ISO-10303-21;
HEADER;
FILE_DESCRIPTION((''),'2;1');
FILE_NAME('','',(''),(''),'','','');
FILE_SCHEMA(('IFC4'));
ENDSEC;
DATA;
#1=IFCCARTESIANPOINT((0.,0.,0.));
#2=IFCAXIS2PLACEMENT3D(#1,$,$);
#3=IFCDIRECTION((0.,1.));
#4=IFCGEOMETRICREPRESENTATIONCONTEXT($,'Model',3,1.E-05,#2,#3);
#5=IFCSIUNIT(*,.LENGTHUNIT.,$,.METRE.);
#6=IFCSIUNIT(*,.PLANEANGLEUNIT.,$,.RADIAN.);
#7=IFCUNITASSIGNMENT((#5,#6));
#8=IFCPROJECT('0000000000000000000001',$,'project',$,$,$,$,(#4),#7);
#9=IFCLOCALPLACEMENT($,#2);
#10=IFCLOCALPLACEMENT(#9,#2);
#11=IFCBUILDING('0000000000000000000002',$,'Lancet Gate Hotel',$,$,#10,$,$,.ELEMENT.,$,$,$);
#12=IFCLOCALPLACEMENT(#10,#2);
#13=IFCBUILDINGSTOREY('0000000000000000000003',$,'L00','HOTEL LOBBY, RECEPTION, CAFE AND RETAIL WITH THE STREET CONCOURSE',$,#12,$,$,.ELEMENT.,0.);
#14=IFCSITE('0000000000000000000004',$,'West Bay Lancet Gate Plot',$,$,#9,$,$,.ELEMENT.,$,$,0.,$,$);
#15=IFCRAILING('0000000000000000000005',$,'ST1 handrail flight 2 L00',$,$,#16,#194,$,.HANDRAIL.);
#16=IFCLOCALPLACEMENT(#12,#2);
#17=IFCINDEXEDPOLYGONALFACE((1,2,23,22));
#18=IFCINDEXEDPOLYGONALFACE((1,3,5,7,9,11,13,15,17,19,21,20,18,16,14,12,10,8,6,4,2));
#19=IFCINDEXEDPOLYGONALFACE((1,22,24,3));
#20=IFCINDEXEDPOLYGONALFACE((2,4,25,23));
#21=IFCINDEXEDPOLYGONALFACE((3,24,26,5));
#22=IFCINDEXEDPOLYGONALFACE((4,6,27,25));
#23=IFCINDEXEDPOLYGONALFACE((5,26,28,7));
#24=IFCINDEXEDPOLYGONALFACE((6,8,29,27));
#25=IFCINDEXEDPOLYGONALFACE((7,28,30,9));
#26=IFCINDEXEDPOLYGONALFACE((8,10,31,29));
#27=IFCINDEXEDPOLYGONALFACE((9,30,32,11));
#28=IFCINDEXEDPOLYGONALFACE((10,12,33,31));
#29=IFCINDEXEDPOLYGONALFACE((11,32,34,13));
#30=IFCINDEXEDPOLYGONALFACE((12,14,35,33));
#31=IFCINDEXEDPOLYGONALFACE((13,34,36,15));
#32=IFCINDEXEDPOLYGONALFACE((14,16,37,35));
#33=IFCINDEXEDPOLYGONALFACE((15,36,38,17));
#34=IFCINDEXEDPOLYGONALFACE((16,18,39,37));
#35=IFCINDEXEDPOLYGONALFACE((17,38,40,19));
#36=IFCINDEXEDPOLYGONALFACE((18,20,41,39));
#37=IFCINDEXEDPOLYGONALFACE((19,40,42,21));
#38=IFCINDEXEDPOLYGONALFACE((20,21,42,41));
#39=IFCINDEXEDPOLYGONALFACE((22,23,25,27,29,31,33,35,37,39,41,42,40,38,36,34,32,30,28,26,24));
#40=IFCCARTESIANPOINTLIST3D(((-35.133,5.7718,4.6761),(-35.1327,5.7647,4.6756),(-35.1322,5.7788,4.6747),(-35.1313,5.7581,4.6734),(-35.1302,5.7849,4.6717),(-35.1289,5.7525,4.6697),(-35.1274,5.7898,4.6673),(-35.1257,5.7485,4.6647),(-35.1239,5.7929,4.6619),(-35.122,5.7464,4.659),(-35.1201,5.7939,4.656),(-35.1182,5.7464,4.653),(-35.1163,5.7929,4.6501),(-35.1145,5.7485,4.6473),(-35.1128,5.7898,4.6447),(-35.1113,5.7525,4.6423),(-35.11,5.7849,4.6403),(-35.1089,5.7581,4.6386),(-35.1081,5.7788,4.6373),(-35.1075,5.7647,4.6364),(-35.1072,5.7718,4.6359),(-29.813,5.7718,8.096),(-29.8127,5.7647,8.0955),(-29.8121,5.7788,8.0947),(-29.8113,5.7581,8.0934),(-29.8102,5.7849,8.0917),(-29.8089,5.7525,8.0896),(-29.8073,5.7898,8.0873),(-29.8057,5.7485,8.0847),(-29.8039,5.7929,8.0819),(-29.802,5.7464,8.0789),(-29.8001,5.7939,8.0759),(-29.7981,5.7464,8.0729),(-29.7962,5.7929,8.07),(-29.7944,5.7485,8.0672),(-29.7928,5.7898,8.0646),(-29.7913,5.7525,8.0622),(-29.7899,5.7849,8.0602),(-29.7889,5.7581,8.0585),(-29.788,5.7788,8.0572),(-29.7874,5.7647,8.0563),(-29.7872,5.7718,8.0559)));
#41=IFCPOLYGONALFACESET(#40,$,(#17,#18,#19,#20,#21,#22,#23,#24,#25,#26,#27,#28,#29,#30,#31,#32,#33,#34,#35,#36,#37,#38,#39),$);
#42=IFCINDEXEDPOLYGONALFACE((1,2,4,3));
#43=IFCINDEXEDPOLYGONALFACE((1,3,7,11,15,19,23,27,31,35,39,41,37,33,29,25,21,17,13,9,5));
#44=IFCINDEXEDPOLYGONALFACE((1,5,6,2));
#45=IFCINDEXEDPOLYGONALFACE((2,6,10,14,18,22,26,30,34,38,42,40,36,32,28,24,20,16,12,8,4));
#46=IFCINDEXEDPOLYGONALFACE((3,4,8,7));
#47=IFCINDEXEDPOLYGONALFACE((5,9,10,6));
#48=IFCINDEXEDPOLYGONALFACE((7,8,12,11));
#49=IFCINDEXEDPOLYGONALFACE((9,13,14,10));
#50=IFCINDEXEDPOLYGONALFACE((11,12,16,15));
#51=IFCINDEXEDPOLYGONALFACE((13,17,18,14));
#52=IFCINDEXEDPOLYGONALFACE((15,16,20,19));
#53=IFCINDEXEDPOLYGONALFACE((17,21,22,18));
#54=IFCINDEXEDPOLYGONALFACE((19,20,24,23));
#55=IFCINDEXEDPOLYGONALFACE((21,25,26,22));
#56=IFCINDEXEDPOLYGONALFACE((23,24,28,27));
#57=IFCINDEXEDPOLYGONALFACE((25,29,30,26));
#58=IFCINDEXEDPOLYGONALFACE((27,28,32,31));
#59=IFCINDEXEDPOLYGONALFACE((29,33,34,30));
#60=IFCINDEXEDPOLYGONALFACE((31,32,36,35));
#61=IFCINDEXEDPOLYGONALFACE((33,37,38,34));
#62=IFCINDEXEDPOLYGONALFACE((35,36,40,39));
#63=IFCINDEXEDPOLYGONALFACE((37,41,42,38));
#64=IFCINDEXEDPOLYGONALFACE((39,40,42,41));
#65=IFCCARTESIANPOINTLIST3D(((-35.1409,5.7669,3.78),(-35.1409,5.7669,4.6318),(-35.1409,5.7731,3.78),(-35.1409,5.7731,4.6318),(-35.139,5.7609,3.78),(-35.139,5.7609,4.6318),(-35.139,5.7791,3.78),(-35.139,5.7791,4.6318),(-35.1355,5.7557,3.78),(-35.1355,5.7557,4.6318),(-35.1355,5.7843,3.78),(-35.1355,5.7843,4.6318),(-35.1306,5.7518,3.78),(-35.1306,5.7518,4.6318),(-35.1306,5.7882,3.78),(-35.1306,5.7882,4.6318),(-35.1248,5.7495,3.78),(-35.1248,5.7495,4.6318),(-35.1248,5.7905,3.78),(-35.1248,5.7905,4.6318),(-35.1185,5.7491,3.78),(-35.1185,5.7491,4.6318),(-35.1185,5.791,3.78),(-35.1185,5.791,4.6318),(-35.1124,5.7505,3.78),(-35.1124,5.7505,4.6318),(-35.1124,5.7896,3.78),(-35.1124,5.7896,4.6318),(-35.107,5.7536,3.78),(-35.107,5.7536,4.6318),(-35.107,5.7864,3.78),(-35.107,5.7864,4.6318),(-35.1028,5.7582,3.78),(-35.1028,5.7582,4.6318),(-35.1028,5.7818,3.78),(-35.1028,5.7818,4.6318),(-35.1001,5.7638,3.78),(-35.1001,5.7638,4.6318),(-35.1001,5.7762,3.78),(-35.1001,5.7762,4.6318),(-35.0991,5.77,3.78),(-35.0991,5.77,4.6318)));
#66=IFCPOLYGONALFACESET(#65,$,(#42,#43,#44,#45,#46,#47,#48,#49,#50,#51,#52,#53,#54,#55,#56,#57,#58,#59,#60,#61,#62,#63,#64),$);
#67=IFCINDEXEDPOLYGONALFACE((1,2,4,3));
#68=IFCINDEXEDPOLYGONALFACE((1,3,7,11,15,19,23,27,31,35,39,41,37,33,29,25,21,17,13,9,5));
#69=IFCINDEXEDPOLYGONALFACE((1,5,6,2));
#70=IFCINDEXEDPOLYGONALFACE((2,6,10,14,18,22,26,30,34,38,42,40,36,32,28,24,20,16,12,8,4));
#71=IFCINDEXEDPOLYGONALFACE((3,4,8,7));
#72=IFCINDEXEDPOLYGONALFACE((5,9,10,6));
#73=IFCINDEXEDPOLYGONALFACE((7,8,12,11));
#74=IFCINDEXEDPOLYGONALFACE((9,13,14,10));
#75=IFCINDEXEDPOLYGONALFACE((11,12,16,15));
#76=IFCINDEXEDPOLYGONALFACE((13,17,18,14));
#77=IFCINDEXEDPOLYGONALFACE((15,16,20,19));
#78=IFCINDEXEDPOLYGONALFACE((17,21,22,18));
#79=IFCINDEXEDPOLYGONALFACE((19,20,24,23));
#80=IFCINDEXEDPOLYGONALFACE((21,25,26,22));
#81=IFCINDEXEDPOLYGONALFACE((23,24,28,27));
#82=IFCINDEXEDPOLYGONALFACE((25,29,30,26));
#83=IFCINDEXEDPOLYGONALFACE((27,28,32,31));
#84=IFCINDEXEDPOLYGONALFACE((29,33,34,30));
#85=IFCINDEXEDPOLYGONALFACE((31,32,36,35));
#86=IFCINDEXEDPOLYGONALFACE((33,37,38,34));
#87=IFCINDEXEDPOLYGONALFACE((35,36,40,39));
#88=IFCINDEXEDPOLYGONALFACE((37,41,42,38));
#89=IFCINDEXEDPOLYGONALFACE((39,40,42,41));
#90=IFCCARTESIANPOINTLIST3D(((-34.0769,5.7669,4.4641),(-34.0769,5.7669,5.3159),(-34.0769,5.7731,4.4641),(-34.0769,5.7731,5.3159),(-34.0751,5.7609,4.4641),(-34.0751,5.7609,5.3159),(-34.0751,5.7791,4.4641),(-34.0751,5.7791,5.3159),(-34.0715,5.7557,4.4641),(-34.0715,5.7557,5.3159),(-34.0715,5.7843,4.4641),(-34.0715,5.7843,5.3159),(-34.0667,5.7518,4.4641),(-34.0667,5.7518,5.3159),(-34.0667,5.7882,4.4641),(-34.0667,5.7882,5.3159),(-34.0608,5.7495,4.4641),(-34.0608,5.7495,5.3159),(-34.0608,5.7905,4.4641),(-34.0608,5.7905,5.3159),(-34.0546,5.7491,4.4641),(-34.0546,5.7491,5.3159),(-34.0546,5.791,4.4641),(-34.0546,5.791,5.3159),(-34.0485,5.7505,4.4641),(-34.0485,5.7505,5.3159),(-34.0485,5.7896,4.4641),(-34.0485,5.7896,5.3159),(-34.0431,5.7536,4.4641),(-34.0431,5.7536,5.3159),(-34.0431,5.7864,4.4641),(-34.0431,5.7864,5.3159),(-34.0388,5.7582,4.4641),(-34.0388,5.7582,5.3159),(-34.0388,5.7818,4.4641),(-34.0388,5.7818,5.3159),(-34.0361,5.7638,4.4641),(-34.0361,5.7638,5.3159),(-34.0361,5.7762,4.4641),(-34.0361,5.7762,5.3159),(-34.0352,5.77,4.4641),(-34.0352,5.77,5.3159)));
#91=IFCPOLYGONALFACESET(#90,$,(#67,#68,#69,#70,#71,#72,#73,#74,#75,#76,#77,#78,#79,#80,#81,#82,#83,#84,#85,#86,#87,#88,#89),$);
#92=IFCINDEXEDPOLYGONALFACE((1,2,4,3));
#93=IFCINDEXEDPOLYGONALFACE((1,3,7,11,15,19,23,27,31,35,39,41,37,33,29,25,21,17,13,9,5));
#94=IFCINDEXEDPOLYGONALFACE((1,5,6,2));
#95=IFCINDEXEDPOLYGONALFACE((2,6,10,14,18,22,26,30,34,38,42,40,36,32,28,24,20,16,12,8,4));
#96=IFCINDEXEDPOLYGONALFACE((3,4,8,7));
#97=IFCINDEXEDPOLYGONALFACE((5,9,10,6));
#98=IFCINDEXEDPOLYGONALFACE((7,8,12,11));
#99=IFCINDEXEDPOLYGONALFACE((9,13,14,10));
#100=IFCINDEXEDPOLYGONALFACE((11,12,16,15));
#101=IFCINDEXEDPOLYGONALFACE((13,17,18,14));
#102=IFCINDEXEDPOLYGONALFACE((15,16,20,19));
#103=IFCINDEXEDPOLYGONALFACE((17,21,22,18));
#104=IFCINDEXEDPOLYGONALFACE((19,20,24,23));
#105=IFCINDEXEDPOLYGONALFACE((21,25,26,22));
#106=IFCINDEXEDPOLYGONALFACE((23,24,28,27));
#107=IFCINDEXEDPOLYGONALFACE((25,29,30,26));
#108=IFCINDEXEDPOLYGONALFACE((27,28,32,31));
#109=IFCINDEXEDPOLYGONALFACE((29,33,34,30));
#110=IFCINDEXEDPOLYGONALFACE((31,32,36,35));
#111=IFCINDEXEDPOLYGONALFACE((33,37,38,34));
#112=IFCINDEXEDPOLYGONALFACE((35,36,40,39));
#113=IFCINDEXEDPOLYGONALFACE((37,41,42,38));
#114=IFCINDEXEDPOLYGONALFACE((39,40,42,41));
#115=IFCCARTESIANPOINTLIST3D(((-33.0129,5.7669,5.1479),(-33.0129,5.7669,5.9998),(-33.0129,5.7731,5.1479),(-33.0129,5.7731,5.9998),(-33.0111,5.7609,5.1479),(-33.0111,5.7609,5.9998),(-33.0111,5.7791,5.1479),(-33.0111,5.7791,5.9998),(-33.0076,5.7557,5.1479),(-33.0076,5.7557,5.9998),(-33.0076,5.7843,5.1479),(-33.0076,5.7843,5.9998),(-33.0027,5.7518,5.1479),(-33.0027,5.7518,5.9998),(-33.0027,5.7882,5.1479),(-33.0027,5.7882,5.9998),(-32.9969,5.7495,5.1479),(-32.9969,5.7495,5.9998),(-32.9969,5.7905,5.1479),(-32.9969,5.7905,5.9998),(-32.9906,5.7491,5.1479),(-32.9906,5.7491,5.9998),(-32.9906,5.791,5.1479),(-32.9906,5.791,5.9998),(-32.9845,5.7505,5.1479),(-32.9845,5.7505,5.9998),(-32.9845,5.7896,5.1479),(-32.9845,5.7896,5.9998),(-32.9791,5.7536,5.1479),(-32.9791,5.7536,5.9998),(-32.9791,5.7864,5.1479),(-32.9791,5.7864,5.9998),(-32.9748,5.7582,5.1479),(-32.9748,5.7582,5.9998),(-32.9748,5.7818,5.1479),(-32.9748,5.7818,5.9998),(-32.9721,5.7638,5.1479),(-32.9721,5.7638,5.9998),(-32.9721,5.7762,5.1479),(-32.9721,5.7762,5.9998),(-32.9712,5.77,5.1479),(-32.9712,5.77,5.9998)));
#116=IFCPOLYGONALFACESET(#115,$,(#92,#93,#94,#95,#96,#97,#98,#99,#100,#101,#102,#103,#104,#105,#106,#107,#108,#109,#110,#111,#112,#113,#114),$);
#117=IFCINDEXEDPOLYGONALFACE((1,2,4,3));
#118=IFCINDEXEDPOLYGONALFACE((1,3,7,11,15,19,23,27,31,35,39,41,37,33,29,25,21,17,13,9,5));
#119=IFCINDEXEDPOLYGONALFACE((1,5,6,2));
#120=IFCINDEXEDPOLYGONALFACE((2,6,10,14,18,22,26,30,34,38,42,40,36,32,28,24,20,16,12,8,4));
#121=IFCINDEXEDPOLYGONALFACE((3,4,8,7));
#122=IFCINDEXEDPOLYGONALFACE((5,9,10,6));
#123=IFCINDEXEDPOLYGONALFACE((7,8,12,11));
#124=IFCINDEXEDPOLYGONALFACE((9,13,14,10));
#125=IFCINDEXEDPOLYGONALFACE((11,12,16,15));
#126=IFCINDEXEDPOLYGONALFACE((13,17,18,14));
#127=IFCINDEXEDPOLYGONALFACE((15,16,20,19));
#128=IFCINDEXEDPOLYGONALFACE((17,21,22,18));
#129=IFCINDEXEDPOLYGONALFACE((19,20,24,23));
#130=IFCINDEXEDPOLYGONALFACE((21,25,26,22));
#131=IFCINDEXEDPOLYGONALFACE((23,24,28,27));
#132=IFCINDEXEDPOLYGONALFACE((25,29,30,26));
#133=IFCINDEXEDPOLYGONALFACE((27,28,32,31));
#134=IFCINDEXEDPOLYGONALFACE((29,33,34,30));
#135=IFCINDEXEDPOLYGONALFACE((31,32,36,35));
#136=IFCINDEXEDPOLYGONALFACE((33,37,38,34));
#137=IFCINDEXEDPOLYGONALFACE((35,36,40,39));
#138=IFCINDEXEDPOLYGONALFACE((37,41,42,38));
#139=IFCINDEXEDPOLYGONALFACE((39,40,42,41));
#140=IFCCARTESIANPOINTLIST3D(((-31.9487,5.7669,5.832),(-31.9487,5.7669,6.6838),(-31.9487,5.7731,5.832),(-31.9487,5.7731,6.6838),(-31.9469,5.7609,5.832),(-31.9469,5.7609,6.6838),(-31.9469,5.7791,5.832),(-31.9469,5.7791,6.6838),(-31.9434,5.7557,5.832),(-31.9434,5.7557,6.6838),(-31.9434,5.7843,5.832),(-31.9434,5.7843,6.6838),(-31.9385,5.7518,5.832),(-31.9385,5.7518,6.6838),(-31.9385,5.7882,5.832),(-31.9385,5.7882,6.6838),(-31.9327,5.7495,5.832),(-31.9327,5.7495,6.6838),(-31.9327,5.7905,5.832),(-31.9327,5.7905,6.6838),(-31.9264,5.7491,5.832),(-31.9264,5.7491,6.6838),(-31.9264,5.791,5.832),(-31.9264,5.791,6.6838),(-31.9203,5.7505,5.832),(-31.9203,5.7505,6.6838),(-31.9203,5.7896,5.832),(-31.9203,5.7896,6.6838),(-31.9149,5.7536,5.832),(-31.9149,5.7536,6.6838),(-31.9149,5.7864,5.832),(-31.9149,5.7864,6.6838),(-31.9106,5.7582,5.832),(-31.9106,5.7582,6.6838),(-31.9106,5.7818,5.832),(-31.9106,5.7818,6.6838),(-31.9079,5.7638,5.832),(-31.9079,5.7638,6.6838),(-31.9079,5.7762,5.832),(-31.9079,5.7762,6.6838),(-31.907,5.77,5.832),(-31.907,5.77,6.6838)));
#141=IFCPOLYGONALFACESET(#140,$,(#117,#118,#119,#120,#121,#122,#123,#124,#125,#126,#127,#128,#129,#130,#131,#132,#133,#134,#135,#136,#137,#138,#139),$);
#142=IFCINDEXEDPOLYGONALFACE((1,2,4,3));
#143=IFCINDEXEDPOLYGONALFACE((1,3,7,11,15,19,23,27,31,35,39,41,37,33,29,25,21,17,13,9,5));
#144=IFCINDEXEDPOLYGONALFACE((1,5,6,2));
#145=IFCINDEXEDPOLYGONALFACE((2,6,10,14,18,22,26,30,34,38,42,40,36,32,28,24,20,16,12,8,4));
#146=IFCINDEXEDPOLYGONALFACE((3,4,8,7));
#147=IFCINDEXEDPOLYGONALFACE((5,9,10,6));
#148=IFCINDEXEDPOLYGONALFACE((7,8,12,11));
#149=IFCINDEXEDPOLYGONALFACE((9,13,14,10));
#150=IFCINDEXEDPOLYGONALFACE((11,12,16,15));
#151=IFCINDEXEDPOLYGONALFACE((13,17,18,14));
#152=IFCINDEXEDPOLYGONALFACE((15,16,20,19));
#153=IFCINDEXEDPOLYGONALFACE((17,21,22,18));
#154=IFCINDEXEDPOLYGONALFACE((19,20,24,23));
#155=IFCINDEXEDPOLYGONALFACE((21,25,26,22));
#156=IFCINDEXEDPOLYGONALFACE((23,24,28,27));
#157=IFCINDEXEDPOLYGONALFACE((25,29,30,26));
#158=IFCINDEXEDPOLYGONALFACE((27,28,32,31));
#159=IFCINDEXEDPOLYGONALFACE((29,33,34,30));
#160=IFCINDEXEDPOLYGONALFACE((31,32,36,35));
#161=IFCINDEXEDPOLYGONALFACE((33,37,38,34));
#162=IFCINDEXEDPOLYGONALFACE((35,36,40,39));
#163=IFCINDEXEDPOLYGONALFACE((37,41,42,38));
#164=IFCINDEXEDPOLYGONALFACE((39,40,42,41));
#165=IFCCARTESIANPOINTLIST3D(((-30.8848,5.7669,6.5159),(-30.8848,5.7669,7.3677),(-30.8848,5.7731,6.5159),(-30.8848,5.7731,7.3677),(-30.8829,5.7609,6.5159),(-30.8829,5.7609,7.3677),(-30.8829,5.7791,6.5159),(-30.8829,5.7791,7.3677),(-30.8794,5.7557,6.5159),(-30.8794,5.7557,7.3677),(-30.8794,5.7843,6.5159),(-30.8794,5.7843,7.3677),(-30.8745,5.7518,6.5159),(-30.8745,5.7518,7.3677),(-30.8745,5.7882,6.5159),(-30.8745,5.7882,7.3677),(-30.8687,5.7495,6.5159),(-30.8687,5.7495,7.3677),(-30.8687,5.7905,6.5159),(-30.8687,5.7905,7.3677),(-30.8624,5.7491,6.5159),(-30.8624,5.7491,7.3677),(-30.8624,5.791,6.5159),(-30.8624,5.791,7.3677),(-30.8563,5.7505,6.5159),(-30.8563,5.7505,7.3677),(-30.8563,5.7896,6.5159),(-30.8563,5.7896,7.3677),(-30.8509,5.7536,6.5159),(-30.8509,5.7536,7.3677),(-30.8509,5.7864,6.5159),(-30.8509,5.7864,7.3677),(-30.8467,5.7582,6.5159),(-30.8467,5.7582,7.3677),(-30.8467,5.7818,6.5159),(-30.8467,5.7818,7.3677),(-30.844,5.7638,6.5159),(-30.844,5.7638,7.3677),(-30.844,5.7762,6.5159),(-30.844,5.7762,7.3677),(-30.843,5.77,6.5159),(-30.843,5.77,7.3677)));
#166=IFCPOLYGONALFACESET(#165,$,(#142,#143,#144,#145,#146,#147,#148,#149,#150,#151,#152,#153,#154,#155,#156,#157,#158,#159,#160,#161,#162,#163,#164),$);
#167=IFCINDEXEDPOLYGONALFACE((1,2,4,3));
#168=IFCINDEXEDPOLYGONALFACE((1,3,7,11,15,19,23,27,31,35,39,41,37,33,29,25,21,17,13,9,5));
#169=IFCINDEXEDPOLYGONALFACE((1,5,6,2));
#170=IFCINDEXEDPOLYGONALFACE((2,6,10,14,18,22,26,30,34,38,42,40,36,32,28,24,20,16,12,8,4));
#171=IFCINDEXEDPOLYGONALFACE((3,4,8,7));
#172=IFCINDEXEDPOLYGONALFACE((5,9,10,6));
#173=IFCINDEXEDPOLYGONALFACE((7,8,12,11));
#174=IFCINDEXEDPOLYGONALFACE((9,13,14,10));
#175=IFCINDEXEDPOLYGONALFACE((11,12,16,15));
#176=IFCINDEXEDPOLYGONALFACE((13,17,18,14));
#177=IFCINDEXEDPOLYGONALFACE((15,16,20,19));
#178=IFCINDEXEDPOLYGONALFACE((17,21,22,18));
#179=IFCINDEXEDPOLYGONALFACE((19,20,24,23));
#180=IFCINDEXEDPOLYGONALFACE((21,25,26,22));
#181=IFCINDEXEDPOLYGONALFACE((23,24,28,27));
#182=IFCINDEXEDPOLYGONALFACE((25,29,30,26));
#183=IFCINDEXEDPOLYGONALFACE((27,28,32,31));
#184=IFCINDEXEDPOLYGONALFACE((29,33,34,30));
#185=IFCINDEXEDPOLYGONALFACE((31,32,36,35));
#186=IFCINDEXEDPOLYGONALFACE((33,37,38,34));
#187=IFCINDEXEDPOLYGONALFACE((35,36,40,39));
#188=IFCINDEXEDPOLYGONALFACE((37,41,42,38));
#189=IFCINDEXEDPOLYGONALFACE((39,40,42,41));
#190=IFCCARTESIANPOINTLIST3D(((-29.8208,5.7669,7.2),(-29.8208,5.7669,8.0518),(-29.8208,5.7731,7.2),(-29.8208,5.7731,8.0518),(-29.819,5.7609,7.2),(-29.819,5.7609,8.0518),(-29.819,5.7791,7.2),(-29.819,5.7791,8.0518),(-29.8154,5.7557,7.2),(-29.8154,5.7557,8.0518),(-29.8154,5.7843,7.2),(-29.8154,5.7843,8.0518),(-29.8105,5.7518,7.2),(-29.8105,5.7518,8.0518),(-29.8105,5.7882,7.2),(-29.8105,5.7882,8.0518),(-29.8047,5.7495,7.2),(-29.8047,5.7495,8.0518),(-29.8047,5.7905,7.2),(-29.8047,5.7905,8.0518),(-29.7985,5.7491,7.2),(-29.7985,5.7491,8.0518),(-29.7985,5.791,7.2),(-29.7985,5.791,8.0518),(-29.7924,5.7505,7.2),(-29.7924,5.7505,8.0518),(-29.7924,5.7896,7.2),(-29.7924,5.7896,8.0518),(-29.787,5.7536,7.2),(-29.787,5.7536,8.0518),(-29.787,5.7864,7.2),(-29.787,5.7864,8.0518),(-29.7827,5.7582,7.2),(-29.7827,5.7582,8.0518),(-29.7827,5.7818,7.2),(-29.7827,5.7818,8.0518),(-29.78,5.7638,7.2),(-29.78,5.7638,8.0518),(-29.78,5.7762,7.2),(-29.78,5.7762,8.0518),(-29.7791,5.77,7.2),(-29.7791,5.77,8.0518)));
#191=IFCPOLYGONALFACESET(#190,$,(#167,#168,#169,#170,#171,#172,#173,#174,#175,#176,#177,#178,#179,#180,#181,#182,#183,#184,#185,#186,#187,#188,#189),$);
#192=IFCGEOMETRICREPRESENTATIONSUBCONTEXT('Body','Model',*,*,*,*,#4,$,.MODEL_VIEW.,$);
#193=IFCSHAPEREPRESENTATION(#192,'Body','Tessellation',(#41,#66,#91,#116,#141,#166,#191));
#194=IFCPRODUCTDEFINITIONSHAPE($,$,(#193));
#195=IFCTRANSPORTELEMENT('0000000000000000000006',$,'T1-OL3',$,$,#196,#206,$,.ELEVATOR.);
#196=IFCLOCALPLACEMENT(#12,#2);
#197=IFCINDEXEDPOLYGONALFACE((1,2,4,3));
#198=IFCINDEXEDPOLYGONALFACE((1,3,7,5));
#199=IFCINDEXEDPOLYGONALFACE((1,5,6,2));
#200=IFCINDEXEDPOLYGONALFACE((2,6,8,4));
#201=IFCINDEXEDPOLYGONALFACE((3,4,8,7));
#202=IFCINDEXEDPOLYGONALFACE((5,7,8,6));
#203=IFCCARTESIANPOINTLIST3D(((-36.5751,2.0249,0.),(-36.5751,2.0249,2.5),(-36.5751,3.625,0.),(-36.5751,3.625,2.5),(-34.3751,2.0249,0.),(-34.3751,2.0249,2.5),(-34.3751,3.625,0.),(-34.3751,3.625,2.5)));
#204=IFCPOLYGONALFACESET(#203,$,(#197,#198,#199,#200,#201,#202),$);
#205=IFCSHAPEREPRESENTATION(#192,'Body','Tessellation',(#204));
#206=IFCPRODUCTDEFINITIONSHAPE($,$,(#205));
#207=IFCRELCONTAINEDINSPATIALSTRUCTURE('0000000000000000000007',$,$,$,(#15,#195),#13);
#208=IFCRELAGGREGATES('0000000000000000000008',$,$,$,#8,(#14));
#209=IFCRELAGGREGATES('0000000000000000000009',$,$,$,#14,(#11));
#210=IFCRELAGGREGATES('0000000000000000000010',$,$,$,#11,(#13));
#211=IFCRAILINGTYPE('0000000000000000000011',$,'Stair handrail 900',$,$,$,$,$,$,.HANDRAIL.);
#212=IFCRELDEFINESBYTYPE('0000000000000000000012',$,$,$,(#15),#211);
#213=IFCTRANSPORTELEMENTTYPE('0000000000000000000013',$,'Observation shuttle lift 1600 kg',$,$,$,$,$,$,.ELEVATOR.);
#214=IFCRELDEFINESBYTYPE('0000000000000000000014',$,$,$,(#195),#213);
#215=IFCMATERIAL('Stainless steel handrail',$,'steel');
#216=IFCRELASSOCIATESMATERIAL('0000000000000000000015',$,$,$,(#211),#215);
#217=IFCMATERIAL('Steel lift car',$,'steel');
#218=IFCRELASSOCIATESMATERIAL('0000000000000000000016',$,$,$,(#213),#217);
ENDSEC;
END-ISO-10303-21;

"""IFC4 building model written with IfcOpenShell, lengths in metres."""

from ifc_helpers import new_model, si_unit, direction, frame, origin, origin_2d, place, context, subcontext, project, spatial, rectangle, circle, extrude, material, type_object, element, save


model = new_model("IFC4")

# Units and contexts
model_context = context("Model", 3, precision=1e-05, world=origin(), true_north=direction((0.0, 1.0)))
body_context = subcontext(model_context, "Body", "Model", "MODEL_VIEW")
ifc_project = project(units=[si_unit("LENGTHUNIT", "METRE"), si_unit("PLANEANGLEUNIT", "RADIAN")], contexts=[model_context])

# Site, building, storey
site_placement = place(None, origin())
site = spatial("IfcSite", under=ifc_project, at=site_placement, Name="West Bay Lancet Gate Plot", CompositionType="ELEMENT", RefElevation=0.0)
building_placement = place(site_placement, origin())
building = spatial("IfcBuilding", under=site, at=building_placement, Name="Lancet Gate Hotel", CompositionType="ELEMENT")
storey_placement = place(building_placement, origin())
storey = spatial("IfcBuildingStorey", under=building, at=storey_placement, Name="L00", Description="HOTEL LOBBY, RECEPTION, CAFE AND RETAIL WITH THE STREET CONCOURSE", CompositionType="ELEMENT", Elevation=0.0)

# Railing
ifc_material_1 = material(Name="Stainless steel handrail", Category="steel")
railing_type = type_object("IfcRailingType", Name="Stair handrail 900", PredefinedType="HANDRAIL", material=ifc_material_1)
railing_placement = place(storey_placement, frame((-35.1201, 5.77, 3.78)))
element("IfcRailing", 1, at=railing_placement, inside=storey, type_object=railing_type, Name="ST1 handrail flight 2 L00", PredefinedType="HANDRAIL", context=body_context, shape_type="SweptSolid", body=[
    extrude(circle(Radius=0.0239, at=origin_2d()), frame((0.0, 0.0, 0.876), z_axis=(0.841187, 0.0, 0.540744), x_axis=(0.0, 1.0, 0.0)), (0.0, 0.0, 1.0), 6.3245),
    extrude(circle(Radius=0.021, at=origin_2d()), origin(), (0.0, 0.0, 1.0), 0.8518),
    extrude(circle(Radius=0.021, at=origin_2d()), frame((1.064, 0.0, 0.6841)), (0.0, 0.0, 1.0), 0.8518),
    extrude(circle(Radius=0.021, at=origin_2d()), frame((2.1279, 0.0, 1.3679)), (0.0, 0.0, 1.0), 0.8518),
    extrude(circle(Radius=0.021, at=origin_2d()), frame((3.1921, 0.0, 2.052)), (0.0, 0.0, 1.0), 0.8518),
    extrude(circle(Radius=0.021, at=origin_2d()), frame((4.2561, 0.0, 2.7358)), (0.0, 0.0, 1.0), 0.8518),
    extrude(circle(Radius=0.021, at=origin_2d()), frame((5.3201, 0.0, 3.4199)), (0.0, 0.0, 1.0), 0.8518),
])

# Transport element
ifc_material_2 = material(Name="Steel lift car", Category="steel")
transport_element_type = type_object("IfcTransportElementType", Name="Observation shuttle lift 1600 kg", PredefinedType="ELEVATOR", material=ifc_material_2)
transport_element_placement = place(storey_placement, frame((-35.4751, 2.825, 0.0), z_axis=(0.0, 0.0, 1.0), x_axis=(1.0, 0.0, 0.0)))
element("IfcTransportElement", 2, at=transport_element_placement, inside=storey, type_object=transport_element_type, Name="T1-OL3", PredefinedType="ELEVATOR", context=body_context, shape_type="SweptSolid", body=[
    extrude(rectangle(XDim=2.2, YDim=1.6001, at=origin_2d()), origin(), (0.0, 0.0, 1.0), 2.5),
])

save(model, "model.ifc")
